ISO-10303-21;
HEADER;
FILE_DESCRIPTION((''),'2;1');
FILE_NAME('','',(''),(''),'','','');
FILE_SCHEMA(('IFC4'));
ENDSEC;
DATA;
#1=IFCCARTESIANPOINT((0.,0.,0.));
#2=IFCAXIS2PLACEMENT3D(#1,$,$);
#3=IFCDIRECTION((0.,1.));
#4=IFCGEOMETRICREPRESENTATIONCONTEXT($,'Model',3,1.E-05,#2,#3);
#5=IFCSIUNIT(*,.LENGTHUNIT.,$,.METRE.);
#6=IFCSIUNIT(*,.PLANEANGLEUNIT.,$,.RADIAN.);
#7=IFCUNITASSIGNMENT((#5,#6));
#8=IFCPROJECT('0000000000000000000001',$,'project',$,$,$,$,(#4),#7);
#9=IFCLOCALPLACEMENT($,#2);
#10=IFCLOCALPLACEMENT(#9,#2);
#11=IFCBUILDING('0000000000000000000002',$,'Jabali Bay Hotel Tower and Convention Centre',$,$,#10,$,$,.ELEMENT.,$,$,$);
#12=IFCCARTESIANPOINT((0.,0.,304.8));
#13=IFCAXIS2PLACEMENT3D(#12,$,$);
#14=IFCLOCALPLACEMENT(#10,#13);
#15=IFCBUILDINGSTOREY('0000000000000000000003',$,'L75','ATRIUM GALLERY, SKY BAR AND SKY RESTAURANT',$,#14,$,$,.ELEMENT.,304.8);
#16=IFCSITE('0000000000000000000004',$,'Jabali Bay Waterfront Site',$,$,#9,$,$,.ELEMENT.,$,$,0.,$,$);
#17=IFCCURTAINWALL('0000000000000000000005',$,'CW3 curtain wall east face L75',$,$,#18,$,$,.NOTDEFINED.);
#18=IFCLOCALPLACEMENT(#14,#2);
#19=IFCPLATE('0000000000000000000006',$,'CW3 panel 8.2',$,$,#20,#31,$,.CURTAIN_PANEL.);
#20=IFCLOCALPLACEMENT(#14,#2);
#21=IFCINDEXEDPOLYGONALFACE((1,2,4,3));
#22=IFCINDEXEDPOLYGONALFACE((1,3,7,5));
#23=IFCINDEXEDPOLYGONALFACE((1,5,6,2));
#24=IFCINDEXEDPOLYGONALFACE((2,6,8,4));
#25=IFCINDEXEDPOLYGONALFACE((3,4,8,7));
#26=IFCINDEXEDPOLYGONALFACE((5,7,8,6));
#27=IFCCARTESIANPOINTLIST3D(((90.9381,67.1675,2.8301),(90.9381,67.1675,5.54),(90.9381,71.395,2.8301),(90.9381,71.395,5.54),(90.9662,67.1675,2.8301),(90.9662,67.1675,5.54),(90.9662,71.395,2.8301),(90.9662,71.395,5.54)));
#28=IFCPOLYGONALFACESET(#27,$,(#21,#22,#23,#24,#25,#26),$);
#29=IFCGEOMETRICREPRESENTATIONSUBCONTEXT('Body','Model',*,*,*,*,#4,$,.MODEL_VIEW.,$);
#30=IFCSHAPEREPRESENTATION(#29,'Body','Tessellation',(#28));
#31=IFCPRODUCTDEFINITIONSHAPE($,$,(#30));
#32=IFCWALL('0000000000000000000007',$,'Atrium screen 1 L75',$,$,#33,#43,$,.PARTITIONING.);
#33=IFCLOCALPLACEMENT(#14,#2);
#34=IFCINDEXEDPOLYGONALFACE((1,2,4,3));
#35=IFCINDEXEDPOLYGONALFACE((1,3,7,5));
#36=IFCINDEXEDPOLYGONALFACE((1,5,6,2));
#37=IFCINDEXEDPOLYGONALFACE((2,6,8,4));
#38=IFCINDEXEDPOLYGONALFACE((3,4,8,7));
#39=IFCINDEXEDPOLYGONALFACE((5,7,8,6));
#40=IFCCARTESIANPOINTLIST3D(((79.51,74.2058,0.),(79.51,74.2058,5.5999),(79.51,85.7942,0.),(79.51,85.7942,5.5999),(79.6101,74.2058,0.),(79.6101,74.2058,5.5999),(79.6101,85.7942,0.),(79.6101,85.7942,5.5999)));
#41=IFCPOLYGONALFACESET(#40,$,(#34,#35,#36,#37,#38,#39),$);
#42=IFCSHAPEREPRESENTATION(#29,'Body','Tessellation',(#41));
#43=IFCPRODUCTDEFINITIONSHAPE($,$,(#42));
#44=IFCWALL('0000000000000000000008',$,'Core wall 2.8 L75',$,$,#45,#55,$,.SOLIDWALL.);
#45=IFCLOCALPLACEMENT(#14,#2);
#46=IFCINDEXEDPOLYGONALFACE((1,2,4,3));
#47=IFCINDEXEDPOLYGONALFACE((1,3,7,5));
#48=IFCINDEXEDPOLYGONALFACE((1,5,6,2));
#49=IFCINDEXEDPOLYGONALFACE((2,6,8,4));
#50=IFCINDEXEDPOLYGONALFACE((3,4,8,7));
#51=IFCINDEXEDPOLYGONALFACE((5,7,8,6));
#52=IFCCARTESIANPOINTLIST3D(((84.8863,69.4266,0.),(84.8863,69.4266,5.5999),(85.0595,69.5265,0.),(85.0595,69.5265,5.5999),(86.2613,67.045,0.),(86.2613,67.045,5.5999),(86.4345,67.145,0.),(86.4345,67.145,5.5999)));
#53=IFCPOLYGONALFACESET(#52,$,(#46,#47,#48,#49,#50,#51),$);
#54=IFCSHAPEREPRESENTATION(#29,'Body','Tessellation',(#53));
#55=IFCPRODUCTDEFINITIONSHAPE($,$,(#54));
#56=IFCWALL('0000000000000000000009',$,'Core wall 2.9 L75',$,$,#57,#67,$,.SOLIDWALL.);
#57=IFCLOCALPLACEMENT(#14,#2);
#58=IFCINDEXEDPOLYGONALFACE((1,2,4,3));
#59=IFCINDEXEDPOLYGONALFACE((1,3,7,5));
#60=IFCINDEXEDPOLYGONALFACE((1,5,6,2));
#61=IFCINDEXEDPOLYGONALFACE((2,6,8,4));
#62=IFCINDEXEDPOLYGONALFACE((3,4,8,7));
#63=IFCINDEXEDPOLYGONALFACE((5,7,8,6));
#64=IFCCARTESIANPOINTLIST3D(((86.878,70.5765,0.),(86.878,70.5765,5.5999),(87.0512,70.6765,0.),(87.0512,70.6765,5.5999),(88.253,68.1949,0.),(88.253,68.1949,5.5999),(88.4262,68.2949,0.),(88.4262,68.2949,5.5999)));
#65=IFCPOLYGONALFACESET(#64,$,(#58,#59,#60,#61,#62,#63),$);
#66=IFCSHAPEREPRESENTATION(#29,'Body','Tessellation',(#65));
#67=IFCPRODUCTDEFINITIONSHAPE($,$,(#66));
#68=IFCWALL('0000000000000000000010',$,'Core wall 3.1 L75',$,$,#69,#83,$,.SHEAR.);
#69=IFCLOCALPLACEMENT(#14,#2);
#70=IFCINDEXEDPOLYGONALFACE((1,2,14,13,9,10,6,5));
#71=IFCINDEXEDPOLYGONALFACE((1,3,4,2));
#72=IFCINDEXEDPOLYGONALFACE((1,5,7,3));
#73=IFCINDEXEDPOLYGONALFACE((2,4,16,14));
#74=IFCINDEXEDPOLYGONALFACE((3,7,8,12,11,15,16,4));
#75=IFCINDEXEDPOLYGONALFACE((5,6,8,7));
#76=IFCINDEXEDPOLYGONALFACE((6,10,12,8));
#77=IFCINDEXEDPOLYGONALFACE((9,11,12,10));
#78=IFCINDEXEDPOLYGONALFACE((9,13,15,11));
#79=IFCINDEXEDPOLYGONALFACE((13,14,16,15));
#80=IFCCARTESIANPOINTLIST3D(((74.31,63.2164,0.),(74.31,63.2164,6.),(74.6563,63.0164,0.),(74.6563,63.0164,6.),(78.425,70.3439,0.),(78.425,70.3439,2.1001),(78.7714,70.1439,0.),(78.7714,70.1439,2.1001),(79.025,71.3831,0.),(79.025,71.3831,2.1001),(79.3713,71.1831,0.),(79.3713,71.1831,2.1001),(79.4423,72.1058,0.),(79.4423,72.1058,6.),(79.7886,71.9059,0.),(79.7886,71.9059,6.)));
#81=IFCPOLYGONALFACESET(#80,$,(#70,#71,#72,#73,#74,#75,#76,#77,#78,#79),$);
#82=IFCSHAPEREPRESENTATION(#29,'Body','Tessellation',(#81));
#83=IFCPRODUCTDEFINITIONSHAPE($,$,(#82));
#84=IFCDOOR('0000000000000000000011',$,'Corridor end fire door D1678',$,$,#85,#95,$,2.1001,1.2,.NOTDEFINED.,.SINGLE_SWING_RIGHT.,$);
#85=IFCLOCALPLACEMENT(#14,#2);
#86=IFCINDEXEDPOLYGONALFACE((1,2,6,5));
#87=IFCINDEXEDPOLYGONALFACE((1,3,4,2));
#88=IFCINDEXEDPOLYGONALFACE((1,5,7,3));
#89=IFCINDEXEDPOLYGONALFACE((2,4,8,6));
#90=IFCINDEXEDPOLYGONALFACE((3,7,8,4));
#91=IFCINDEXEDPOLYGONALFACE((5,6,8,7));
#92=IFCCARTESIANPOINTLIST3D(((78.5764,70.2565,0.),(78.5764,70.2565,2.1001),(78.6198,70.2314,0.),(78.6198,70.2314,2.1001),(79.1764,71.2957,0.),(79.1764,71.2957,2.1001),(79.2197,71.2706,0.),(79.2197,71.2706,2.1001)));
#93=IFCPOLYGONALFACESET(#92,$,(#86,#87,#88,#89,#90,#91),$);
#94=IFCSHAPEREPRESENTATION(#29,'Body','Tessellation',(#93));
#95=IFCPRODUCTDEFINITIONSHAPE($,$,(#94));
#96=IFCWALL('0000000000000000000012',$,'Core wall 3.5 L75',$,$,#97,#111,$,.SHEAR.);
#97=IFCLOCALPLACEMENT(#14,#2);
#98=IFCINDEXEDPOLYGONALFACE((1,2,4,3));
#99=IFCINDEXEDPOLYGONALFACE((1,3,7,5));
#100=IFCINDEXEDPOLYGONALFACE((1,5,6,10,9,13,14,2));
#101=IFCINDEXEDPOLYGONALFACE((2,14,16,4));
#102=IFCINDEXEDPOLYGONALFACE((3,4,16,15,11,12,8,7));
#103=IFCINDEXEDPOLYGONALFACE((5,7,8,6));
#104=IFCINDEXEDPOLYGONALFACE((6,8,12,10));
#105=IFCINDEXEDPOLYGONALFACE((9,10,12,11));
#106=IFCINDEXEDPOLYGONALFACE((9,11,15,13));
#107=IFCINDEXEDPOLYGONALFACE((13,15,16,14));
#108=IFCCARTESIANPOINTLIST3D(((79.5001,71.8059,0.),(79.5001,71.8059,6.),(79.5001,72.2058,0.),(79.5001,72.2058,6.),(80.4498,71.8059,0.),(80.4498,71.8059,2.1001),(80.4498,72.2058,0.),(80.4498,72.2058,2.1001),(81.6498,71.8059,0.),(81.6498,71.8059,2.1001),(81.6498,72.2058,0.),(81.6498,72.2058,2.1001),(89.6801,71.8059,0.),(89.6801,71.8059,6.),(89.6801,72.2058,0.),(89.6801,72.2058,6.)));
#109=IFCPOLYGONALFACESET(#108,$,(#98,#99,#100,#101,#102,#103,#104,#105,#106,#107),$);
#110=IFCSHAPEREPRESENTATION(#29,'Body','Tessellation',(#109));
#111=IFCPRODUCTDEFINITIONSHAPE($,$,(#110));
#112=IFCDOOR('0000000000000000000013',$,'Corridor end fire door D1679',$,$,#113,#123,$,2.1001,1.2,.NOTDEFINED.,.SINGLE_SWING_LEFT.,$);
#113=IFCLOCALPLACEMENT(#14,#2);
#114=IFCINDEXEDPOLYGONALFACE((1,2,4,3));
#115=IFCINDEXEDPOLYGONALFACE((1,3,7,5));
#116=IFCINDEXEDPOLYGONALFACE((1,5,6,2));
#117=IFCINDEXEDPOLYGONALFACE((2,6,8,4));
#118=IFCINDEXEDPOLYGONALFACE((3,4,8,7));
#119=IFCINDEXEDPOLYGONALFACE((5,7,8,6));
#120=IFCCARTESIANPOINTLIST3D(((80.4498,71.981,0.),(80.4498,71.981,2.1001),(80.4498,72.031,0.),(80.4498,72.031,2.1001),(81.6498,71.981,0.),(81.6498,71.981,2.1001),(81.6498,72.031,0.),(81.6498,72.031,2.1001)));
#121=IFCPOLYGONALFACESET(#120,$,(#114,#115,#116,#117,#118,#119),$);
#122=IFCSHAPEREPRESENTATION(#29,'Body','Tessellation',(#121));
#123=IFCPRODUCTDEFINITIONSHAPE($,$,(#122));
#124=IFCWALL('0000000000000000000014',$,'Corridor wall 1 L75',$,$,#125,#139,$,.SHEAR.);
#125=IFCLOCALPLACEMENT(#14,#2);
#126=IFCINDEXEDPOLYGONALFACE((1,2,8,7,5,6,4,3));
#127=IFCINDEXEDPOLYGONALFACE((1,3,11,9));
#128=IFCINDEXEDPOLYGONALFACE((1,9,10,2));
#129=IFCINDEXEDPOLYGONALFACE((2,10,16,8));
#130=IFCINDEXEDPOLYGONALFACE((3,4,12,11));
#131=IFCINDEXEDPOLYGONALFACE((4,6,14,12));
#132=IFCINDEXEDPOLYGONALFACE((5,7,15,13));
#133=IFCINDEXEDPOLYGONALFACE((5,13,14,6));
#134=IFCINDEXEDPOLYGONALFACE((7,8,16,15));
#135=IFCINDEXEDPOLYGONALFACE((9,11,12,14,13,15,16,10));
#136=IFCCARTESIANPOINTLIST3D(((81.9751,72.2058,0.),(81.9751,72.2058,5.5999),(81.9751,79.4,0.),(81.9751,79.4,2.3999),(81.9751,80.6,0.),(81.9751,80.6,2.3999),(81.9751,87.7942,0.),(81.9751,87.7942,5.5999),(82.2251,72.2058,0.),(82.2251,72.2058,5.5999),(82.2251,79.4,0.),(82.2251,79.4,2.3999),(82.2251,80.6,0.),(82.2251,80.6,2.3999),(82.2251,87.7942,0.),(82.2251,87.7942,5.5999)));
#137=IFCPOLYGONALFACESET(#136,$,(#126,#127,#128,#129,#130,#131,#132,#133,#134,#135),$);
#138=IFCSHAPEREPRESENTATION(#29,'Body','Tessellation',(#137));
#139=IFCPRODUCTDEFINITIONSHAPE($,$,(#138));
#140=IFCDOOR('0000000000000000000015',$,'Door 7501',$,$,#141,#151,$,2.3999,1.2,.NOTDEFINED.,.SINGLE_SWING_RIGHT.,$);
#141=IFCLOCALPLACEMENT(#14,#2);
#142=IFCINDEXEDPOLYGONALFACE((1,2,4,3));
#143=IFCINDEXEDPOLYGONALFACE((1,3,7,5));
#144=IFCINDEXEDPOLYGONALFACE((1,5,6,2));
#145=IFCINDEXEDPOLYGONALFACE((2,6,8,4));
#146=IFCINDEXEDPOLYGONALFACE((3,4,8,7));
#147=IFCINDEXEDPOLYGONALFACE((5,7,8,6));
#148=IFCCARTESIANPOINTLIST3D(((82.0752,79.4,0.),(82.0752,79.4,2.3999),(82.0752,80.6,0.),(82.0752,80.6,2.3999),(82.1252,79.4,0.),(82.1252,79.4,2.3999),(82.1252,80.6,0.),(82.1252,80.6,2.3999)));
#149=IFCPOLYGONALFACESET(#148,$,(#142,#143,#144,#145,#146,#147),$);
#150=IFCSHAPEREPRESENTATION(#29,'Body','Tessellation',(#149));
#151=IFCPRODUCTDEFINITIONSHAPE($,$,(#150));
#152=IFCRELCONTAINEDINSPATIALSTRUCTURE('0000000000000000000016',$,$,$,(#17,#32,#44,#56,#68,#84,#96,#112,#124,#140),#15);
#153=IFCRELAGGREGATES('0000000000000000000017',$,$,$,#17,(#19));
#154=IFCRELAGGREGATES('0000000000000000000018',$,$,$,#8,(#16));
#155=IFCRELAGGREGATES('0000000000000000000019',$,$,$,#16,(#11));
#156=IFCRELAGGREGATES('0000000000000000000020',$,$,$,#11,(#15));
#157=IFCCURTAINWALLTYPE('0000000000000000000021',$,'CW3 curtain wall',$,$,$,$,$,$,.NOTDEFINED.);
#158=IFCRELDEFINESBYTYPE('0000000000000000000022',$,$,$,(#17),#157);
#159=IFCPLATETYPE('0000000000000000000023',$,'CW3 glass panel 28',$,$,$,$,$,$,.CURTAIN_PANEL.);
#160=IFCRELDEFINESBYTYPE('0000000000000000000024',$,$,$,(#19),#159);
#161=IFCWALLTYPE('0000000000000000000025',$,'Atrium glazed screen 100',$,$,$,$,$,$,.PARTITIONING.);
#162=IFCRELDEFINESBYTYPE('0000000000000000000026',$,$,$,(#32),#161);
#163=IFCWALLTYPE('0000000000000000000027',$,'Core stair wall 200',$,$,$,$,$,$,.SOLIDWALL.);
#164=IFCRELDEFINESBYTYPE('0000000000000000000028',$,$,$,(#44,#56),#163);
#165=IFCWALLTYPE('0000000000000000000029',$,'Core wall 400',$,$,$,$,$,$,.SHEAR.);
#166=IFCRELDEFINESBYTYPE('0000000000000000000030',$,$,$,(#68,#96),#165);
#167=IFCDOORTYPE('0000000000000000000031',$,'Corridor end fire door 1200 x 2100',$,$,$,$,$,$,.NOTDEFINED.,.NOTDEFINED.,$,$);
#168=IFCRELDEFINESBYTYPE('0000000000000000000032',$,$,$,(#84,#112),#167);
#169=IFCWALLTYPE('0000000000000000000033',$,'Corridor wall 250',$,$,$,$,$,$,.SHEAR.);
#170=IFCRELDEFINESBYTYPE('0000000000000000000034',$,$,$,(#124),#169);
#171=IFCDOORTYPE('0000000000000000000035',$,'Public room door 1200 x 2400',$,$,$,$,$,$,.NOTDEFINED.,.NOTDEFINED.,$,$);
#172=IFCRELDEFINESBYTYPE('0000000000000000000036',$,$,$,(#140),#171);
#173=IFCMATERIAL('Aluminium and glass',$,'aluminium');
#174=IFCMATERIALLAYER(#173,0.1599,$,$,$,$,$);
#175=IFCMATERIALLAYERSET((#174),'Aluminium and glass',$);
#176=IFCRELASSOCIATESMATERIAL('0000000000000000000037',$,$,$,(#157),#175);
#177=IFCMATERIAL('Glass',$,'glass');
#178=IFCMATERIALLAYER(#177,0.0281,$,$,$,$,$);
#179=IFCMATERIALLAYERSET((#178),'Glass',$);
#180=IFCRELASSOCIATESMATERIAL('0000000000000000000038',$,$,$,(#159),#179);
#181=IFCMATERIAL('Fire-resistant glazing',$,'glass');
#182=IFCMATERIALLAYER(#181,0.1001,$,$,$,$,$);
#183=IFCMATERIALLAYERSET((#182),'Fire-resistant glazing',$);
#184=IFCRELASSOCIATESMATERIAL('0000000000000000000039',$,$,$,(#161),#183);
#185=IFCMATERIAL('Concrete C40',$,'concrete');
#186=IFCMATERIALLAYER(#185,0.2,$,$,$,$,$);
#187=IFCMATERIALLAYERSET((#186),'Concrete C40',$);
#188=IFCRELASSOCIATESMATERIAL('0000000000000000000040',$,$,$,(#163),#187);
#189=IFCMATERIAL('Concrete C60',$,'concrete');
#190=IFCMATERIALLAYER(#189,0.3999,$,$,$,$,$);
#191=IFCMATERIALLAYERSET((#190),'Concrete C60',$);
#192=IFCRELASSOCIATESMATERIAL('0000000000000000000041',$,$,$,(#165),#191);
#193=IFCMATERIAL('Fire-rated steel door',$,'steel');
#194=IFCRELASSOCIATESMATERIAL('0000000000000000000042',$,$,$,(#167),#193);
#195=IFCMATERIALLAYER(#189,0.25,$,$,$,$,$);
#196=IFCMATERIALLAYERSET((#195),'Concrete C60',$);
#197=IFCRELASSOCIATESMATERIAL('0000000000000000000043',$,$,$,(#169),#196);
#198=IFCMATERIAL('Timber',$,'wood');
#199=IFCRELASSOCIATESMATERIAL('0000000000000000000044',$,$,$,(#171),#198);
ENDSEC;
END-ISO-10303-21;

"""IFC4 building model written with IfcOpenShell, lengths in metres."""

from ifc_helpers import new_model, si_unit, direction, frame, frame_2d, origin, origin_2d, place, context, subcontext, project, spatial, rectangle, extrude, material, layer, layer_set, type_object, element, fill, aggregate, save


model = new_model("IFC4")

# Units and contexts
model_context = context("Model", 3, precision=1e-05, world=origin(), true_north=direction((0.0, 1.0)))
body_context = subcontext(model_context, "Body", "Model", "MODEL_VIEW")
ifc_project = project(units=[si_unit("LENGTHUNIT", "METRE"), si_unit("PLANEANGLEUNIT", "RADIAN")], contexts=[model_context])

# Site, building, storey
site_placement = place(None, origin())
site = spatial("IfcSite", under=ifc_project, at=site_placement, Name="Jabali Bay Waterfront Site", CompositionType="ELEMENT", RefElevation=0.0)
building_placement = place(site_placement, origin())
building = spatial("IfcBuilding", under=site, at=building_placement, Name="Jabali Bay Hotel Tower and Convention Centre", CompositionType="ELEMENT")
storey_placement = place(building_placement, frame((0.0, 0.0, 304.8)))
storey = spatial("IfcBuildingStorey", under=building, at=storey_placement, Name="L75", Description="ATRIUM GALLERY, SKY BAR AND SKY RESTAURANT", CompositionType="ELEMENT", Elevation=304.8)

# Shared definitions
ifc_material_1 = material(Name="Concrete C60", Category="concrete")

# Curtain wall, plate
ifc_material_2 = material(Name="Aluminium and glass", Category="aluminium")
ifc_layer_1 = layer(ifc_material_2, 0.1599)
ifc_layer_set_1 = layer_set([ifc_layer_1], Name="Aluminium and glass")
curtain_wall_type = type_object("IfcCurtainWallType", Name="CW3 curtain wall", PredefinedType="NOTDEFINED", material=ifc_layer_set_1)
curtain_wall_placement = place(storey_placement, origin())
curtain_wall = element("IfcCurtainWall", 1, at=curtain_wall_placement, inside=storey, type_object=curtain_wall_type, Name="CW3 curtain wall east face L75", PredefinedType="NOTDEFINED")
ifc_material_3 = material(Name="Glass", Category="glass")
ifc_layer_2 = layer(ifc_material_3, 0.0281)
ifc_layer_set_2 = layer_set([ifc_layer_2], Name="Glass")
plate_type = type_object("IfcPlateType", Name="CW3 glass panel 28", PredefinedType="CURTAIN_PANEL", material=ifc_layer_set_2)
plate_1_placement = place(storey_placement, frame((90.9521, 69.2812, 2.8301), z_axis=(0.0, 0.0, 1.0), x_axis=(0.0, -1.0, 0.0)))
plate_1 = element("IfcPlate", 2, at=plate_1_placement, type_object=plate_type, Name="CW3 panel 8.2", PredefinedType="CURTAIN_PANEL", context=body_context, shape_type="SweptSolid", body=[
    extrude(rectangle(XDim=4.2275, YDim=0.0281, at=origin_2d()), origin(), (0.0, 0.0, 1.0), 2.71),
])
aggregate(curtain_wall, [plate_1])

# Walls
ifc_material_4 = material(Name="Fire-resistant glazing", Category="glass")
ifc_layer_3 = layer(ifc_material_4, 0.1001)
ifc_layer_set_3 = layer_set([ifc_layer_3], Name="Fire-resistant glazing")
wall_type_1 = type_object("IfcWallType", Name="Atrium glazed screen 100", PredefinedType="PARTITIONING", material=ifc_layer_set_3)
wall_1_placement = place(storey_placement, frame((79.5601, 74.2058, 0.0), z_axis=(0.0, 0.0, 1.0), x_axis=(0.0, 1.0, 0.0)))
element("IfcWall", 3, at=wall_1_placement, inside=storey, type_object=wall_type_1, Name="Atrium screen 1 L75", PredefinedType="PARTITIONING", context=body_context, shape_type="SweptSolid", body=[
    extrude(rectangle(XDim=11.5884, YDim=0.1001, at=frame_2d((5.7942, 0.0))), origin(), (0.0, 0.0, 1.0), 5.5999),
])
ifc_material_5 = material(Name="Concrete C40", Category="concrete")
ifc_layer_4 = layer(ifc_material_5, 0.2)
ifc_layer_set_4 = layer_set([ifc_layer_4], Name="Concrete C40")
wall_type_2 = type_object("IfcWallType", Name="Core stair wall 200", PredefinedType="SOLIDWALL", material=ifc_layer_set_4)
for number, where, z_axis, x_axis, name in (
    (4, (84.9729, 69.4766, 0.0), (0.0, 0.0, 1.0), (0.499997, -0.866027, 0.0), "Core wall 2.8 L75"),
    (5, (86.9646, 70.6265, 0.0), (0.0, 0.0, 1.0), (0.499997, -0.866027, 0.0), "Core wall 2.9 L75"),
):
    element("IfcWall", number, at=place(storey_placement, frame(where, z_axis=z_axis, x_axis=x_axis)), inside=storey, type_object=wall_type_2, Name=name, PredefinedType="SOLIDWALL", context=body_context, shape_type="SweptSolid", body=[
        extrude(rectangle(XDim=2.75, YDim=0.2, at=frame_2d((1.375, 0.0))), origin(), (0.0, 0.0, 1.0), 5.5999),
    ])

# Walls, openings, doors
ifc_layer_5 = layer(ifc_material_1, 0.3999)
ifc_layer_set_5 = layer_set([ifc_layer_5], Name="Concrete C60")
wall_type_3 = type_object("IfcWallType", Name="Core wall 400", PredefinedType="SHEAR", material=ifc_layer_set_5)
wall_2_placement = place(storey_placement, frame((79.6155, 72.0059, 0.0), z_axis=(0.0, 0.0, 1.0), x_axis=(-0.500002, -0.866024, 0.0)))
wall_2 = element("IfcWall", 6, at=wall_2_placement, inside=storey, type_object=wall_type_3, Name="Core wall 3.1 L75", PredefinedType="SHEAR", context=body_context, shape_type="SweptSolid", body=[
    extrude(rectangle(XDim=10.2646, YDim=0.3999, at=frame_2d((5.1323, 0.0))), origin(), (0.0, 0.0, 1.0), 6.0),
])
opening_1_placement = place(wall_2_placement, frame((0.8345, 0.0, 0.0)))
opening_1 = element("IfcOpeningElement", 7, at=opening_1_placement, cuts=wall_2, PredefinedType="OPENING", context=body_context, shape_type="SweptSolid", body=[
    extrude(rectangle(XDim=1.2, YDim=2.1001, at=frame_2d((0.6001, 1.05))), frame((0.0, 0.2104, 0.0), z_axis=(0.0, -1.0, 0.0), x_axis=(1.0, 0.0, 0.0)), (0.0, 0.0, 1.0), 0.4209),
])
ifc_material_6 = material(Name="Fire-rated steel door", Category="steel")
door_type_1 = type_object("IfcDoorType", Name="Corridor end fire door 1200 x 2100", OperationType="NOTDEFINED", PredefinedType="NOTDEFINED", material=ifc_material_6)
door_1_placement = place(opening_1_placement, origin())
door_1 = element("IfcDoor", 8, at=door_1_placement, inside=storey, type_object=door_type_1, Name="Corridor end fire door D1678", OperationType="SINGLE_SWING_RIGHT", OverallHeight=2.1001, OverallWidth=1.2, PredefinedType="NOTDEFINED", context=body_context, shape_type="SweptSolid", body=[
    extrude(rectangle(XDim=1.2, YDim=2.1001, at=frame_2d((0.6001, 1.05))), frame((0.0, 0.0249, 0.0), z_axis=(0.0, -1.0, 0.0), x_axis=(1.0, 0.0, 0.0)), (0.0, 0.0, 1.0), 0.05),
])
fill(opening_1, door_1)
wall_3_placement = place(storey_placement, frame((89.6799, 72.0059, 0.0), z_axis=(0.0, 0.0, 1.0), x_axis=(-1.0, 0.0, 0.0)))
wall_3 = element("IfcWall", 9, at=wall_3_placement, inside=storey, type_object=wall_type_3, Name="Core wall 3.5 L75", PredefinedType="SHEAR", context=body_context, shape_type="SweptSolid", body=[
    extrude(rectangle(XDim=10.1799, YDim=0.3999, at=frame_2d((5.0898, 0.0))), origin(), (0.0, 0.0, 1.0), 6.0),
])
opening_2_placement = place(wall_3_placement, frame((8.03, 0.0, 0.0)))
opening_2 = element("IfcOpeningElement", 10, at=opening_2_placement, cuts=wall_3, PredefinedType="OPENING", context=body_context, shape_type="SweptSolid", body=[
    extrude(rectangle(XDim=1.2, YDim=2.1001, at=frame_2d((0.6001, 1.05))), frame((0.0, 0.2104, 0.0), z_axis=(0.0, -1.0, 0.0), x_axis=(1.0, 0.0, 0.0)), (0.0, 0.0, 1.0), 0.4209),
])
door_2_placement = place(opening_2_placement, origin())
door_2 = element("IfcDoor", 11, at=door_2_placement, inside=storey, type_object=door_type_1, Name="Corridor end fire door D1679", OperationType="SINGLE_SWING_LEFT", OverallHeight=2.1001, OverallWidth=1.2, PredefinedType="NOTDEFINED", context=body_context, shape_type="SweptSolid", body=[
    extrude(rectangle(XDim=1.2, YDim=2.1001, at=frame_2d((0.6001, 1.05))), frame((0.0, 0.0249, 0.0), z_axis=(0.0, -1.0, 0.0), x_axis=(1.0, 0.0, 0.0)), (0.0, 0.0, 1.0), 0.05),
])
fill(opening_2, door_2)
ifc_layer_6 = layer(ifc_material_1, 0.25)
ifc_layer_set_6 = layer_set([ifc_layer_6], Name="Concrete C60")
wall_type_4 = type_object("IfcWallType", Name="Corridor wall 250", PredefinedType="SHEAR", material=ifc_layer_set_6)
wall_4_placement = place(storey_placement, frame((82.1001, 72.2058, 0.0), z_axis=(0.0, 0.0, 1.0), x_axis=(0.0, 1.0, 0.0)))
wall_4 = element("IfcWall", 12, at=wall_4_placement, inside=storey, type_object=wall_type_4, Name="Corridor wall 1 L75", PredefinedType="SHEAR", context=body_context, shape_type="SweptSolid", body=[
    extrude(rectangle(XDim=15.5884, YDim=0.25, at=frame_2d((7.7942, 0.0))), origin(), (0.0, 0.0, 1.0), 5.5999),
])
opening_3_placement = place(wall_4_placement, frame((7.1941, 0.0, 0.0)))
opening_3 = element("IfcOpeningElement", 13, at=opening_3_placement, cuts=wall_4, PredefinedType="OPENING", context=body_context, shape_type="SweptSolid", body=[
    extrude(rectangle(XDim=1.2, YDim=2.3999, at=frame_2d((0.6001, 1.2))), frame((0.0, 0.1355, 0.0), z_axis=(0.0, -1.0, 0.0), x_axis=(1.0, 0.0, 0.0)), (0.0, 0.0, 1.0), 0.271),
])
ifc_material_7 = material(Name="Timber", Category="wood")
door_type_2 = type_object("IfcDoorType", Name="Public room door 1200 x 2400", OperationType="NOTDEFINED", PredefinedType="NOTDEFINED", material=ifc_material_7)
door_3_placement = place(opening_3_placement, origin())
door_3 = element("IfcDoor", 14, at=door_3_placement, inside=storey, type_object=door_type_2, Name="Door 7501", OperationType="SINGLE_SWING_RIGHT", OverallHeight=2.3999, OverallWidth=1.2, PredefinedType="NOTDEFINED", context=body_context, shape_type="SweptSolid", body=[
    extrude(rectangle(XDim=1.2, YDim=2.3999, at=frame_2d((0.6001, 1.2))), frame((0.0, 0.0249, 0.0), z_axis=(0.0, -1.0, 0.0), x_axis=(1.0, 0.0, 0.0)), (0.0, 0.0, 1.0), 0.05),
])
fill(opening_3, door_3)

save(model, "model.ifc")
